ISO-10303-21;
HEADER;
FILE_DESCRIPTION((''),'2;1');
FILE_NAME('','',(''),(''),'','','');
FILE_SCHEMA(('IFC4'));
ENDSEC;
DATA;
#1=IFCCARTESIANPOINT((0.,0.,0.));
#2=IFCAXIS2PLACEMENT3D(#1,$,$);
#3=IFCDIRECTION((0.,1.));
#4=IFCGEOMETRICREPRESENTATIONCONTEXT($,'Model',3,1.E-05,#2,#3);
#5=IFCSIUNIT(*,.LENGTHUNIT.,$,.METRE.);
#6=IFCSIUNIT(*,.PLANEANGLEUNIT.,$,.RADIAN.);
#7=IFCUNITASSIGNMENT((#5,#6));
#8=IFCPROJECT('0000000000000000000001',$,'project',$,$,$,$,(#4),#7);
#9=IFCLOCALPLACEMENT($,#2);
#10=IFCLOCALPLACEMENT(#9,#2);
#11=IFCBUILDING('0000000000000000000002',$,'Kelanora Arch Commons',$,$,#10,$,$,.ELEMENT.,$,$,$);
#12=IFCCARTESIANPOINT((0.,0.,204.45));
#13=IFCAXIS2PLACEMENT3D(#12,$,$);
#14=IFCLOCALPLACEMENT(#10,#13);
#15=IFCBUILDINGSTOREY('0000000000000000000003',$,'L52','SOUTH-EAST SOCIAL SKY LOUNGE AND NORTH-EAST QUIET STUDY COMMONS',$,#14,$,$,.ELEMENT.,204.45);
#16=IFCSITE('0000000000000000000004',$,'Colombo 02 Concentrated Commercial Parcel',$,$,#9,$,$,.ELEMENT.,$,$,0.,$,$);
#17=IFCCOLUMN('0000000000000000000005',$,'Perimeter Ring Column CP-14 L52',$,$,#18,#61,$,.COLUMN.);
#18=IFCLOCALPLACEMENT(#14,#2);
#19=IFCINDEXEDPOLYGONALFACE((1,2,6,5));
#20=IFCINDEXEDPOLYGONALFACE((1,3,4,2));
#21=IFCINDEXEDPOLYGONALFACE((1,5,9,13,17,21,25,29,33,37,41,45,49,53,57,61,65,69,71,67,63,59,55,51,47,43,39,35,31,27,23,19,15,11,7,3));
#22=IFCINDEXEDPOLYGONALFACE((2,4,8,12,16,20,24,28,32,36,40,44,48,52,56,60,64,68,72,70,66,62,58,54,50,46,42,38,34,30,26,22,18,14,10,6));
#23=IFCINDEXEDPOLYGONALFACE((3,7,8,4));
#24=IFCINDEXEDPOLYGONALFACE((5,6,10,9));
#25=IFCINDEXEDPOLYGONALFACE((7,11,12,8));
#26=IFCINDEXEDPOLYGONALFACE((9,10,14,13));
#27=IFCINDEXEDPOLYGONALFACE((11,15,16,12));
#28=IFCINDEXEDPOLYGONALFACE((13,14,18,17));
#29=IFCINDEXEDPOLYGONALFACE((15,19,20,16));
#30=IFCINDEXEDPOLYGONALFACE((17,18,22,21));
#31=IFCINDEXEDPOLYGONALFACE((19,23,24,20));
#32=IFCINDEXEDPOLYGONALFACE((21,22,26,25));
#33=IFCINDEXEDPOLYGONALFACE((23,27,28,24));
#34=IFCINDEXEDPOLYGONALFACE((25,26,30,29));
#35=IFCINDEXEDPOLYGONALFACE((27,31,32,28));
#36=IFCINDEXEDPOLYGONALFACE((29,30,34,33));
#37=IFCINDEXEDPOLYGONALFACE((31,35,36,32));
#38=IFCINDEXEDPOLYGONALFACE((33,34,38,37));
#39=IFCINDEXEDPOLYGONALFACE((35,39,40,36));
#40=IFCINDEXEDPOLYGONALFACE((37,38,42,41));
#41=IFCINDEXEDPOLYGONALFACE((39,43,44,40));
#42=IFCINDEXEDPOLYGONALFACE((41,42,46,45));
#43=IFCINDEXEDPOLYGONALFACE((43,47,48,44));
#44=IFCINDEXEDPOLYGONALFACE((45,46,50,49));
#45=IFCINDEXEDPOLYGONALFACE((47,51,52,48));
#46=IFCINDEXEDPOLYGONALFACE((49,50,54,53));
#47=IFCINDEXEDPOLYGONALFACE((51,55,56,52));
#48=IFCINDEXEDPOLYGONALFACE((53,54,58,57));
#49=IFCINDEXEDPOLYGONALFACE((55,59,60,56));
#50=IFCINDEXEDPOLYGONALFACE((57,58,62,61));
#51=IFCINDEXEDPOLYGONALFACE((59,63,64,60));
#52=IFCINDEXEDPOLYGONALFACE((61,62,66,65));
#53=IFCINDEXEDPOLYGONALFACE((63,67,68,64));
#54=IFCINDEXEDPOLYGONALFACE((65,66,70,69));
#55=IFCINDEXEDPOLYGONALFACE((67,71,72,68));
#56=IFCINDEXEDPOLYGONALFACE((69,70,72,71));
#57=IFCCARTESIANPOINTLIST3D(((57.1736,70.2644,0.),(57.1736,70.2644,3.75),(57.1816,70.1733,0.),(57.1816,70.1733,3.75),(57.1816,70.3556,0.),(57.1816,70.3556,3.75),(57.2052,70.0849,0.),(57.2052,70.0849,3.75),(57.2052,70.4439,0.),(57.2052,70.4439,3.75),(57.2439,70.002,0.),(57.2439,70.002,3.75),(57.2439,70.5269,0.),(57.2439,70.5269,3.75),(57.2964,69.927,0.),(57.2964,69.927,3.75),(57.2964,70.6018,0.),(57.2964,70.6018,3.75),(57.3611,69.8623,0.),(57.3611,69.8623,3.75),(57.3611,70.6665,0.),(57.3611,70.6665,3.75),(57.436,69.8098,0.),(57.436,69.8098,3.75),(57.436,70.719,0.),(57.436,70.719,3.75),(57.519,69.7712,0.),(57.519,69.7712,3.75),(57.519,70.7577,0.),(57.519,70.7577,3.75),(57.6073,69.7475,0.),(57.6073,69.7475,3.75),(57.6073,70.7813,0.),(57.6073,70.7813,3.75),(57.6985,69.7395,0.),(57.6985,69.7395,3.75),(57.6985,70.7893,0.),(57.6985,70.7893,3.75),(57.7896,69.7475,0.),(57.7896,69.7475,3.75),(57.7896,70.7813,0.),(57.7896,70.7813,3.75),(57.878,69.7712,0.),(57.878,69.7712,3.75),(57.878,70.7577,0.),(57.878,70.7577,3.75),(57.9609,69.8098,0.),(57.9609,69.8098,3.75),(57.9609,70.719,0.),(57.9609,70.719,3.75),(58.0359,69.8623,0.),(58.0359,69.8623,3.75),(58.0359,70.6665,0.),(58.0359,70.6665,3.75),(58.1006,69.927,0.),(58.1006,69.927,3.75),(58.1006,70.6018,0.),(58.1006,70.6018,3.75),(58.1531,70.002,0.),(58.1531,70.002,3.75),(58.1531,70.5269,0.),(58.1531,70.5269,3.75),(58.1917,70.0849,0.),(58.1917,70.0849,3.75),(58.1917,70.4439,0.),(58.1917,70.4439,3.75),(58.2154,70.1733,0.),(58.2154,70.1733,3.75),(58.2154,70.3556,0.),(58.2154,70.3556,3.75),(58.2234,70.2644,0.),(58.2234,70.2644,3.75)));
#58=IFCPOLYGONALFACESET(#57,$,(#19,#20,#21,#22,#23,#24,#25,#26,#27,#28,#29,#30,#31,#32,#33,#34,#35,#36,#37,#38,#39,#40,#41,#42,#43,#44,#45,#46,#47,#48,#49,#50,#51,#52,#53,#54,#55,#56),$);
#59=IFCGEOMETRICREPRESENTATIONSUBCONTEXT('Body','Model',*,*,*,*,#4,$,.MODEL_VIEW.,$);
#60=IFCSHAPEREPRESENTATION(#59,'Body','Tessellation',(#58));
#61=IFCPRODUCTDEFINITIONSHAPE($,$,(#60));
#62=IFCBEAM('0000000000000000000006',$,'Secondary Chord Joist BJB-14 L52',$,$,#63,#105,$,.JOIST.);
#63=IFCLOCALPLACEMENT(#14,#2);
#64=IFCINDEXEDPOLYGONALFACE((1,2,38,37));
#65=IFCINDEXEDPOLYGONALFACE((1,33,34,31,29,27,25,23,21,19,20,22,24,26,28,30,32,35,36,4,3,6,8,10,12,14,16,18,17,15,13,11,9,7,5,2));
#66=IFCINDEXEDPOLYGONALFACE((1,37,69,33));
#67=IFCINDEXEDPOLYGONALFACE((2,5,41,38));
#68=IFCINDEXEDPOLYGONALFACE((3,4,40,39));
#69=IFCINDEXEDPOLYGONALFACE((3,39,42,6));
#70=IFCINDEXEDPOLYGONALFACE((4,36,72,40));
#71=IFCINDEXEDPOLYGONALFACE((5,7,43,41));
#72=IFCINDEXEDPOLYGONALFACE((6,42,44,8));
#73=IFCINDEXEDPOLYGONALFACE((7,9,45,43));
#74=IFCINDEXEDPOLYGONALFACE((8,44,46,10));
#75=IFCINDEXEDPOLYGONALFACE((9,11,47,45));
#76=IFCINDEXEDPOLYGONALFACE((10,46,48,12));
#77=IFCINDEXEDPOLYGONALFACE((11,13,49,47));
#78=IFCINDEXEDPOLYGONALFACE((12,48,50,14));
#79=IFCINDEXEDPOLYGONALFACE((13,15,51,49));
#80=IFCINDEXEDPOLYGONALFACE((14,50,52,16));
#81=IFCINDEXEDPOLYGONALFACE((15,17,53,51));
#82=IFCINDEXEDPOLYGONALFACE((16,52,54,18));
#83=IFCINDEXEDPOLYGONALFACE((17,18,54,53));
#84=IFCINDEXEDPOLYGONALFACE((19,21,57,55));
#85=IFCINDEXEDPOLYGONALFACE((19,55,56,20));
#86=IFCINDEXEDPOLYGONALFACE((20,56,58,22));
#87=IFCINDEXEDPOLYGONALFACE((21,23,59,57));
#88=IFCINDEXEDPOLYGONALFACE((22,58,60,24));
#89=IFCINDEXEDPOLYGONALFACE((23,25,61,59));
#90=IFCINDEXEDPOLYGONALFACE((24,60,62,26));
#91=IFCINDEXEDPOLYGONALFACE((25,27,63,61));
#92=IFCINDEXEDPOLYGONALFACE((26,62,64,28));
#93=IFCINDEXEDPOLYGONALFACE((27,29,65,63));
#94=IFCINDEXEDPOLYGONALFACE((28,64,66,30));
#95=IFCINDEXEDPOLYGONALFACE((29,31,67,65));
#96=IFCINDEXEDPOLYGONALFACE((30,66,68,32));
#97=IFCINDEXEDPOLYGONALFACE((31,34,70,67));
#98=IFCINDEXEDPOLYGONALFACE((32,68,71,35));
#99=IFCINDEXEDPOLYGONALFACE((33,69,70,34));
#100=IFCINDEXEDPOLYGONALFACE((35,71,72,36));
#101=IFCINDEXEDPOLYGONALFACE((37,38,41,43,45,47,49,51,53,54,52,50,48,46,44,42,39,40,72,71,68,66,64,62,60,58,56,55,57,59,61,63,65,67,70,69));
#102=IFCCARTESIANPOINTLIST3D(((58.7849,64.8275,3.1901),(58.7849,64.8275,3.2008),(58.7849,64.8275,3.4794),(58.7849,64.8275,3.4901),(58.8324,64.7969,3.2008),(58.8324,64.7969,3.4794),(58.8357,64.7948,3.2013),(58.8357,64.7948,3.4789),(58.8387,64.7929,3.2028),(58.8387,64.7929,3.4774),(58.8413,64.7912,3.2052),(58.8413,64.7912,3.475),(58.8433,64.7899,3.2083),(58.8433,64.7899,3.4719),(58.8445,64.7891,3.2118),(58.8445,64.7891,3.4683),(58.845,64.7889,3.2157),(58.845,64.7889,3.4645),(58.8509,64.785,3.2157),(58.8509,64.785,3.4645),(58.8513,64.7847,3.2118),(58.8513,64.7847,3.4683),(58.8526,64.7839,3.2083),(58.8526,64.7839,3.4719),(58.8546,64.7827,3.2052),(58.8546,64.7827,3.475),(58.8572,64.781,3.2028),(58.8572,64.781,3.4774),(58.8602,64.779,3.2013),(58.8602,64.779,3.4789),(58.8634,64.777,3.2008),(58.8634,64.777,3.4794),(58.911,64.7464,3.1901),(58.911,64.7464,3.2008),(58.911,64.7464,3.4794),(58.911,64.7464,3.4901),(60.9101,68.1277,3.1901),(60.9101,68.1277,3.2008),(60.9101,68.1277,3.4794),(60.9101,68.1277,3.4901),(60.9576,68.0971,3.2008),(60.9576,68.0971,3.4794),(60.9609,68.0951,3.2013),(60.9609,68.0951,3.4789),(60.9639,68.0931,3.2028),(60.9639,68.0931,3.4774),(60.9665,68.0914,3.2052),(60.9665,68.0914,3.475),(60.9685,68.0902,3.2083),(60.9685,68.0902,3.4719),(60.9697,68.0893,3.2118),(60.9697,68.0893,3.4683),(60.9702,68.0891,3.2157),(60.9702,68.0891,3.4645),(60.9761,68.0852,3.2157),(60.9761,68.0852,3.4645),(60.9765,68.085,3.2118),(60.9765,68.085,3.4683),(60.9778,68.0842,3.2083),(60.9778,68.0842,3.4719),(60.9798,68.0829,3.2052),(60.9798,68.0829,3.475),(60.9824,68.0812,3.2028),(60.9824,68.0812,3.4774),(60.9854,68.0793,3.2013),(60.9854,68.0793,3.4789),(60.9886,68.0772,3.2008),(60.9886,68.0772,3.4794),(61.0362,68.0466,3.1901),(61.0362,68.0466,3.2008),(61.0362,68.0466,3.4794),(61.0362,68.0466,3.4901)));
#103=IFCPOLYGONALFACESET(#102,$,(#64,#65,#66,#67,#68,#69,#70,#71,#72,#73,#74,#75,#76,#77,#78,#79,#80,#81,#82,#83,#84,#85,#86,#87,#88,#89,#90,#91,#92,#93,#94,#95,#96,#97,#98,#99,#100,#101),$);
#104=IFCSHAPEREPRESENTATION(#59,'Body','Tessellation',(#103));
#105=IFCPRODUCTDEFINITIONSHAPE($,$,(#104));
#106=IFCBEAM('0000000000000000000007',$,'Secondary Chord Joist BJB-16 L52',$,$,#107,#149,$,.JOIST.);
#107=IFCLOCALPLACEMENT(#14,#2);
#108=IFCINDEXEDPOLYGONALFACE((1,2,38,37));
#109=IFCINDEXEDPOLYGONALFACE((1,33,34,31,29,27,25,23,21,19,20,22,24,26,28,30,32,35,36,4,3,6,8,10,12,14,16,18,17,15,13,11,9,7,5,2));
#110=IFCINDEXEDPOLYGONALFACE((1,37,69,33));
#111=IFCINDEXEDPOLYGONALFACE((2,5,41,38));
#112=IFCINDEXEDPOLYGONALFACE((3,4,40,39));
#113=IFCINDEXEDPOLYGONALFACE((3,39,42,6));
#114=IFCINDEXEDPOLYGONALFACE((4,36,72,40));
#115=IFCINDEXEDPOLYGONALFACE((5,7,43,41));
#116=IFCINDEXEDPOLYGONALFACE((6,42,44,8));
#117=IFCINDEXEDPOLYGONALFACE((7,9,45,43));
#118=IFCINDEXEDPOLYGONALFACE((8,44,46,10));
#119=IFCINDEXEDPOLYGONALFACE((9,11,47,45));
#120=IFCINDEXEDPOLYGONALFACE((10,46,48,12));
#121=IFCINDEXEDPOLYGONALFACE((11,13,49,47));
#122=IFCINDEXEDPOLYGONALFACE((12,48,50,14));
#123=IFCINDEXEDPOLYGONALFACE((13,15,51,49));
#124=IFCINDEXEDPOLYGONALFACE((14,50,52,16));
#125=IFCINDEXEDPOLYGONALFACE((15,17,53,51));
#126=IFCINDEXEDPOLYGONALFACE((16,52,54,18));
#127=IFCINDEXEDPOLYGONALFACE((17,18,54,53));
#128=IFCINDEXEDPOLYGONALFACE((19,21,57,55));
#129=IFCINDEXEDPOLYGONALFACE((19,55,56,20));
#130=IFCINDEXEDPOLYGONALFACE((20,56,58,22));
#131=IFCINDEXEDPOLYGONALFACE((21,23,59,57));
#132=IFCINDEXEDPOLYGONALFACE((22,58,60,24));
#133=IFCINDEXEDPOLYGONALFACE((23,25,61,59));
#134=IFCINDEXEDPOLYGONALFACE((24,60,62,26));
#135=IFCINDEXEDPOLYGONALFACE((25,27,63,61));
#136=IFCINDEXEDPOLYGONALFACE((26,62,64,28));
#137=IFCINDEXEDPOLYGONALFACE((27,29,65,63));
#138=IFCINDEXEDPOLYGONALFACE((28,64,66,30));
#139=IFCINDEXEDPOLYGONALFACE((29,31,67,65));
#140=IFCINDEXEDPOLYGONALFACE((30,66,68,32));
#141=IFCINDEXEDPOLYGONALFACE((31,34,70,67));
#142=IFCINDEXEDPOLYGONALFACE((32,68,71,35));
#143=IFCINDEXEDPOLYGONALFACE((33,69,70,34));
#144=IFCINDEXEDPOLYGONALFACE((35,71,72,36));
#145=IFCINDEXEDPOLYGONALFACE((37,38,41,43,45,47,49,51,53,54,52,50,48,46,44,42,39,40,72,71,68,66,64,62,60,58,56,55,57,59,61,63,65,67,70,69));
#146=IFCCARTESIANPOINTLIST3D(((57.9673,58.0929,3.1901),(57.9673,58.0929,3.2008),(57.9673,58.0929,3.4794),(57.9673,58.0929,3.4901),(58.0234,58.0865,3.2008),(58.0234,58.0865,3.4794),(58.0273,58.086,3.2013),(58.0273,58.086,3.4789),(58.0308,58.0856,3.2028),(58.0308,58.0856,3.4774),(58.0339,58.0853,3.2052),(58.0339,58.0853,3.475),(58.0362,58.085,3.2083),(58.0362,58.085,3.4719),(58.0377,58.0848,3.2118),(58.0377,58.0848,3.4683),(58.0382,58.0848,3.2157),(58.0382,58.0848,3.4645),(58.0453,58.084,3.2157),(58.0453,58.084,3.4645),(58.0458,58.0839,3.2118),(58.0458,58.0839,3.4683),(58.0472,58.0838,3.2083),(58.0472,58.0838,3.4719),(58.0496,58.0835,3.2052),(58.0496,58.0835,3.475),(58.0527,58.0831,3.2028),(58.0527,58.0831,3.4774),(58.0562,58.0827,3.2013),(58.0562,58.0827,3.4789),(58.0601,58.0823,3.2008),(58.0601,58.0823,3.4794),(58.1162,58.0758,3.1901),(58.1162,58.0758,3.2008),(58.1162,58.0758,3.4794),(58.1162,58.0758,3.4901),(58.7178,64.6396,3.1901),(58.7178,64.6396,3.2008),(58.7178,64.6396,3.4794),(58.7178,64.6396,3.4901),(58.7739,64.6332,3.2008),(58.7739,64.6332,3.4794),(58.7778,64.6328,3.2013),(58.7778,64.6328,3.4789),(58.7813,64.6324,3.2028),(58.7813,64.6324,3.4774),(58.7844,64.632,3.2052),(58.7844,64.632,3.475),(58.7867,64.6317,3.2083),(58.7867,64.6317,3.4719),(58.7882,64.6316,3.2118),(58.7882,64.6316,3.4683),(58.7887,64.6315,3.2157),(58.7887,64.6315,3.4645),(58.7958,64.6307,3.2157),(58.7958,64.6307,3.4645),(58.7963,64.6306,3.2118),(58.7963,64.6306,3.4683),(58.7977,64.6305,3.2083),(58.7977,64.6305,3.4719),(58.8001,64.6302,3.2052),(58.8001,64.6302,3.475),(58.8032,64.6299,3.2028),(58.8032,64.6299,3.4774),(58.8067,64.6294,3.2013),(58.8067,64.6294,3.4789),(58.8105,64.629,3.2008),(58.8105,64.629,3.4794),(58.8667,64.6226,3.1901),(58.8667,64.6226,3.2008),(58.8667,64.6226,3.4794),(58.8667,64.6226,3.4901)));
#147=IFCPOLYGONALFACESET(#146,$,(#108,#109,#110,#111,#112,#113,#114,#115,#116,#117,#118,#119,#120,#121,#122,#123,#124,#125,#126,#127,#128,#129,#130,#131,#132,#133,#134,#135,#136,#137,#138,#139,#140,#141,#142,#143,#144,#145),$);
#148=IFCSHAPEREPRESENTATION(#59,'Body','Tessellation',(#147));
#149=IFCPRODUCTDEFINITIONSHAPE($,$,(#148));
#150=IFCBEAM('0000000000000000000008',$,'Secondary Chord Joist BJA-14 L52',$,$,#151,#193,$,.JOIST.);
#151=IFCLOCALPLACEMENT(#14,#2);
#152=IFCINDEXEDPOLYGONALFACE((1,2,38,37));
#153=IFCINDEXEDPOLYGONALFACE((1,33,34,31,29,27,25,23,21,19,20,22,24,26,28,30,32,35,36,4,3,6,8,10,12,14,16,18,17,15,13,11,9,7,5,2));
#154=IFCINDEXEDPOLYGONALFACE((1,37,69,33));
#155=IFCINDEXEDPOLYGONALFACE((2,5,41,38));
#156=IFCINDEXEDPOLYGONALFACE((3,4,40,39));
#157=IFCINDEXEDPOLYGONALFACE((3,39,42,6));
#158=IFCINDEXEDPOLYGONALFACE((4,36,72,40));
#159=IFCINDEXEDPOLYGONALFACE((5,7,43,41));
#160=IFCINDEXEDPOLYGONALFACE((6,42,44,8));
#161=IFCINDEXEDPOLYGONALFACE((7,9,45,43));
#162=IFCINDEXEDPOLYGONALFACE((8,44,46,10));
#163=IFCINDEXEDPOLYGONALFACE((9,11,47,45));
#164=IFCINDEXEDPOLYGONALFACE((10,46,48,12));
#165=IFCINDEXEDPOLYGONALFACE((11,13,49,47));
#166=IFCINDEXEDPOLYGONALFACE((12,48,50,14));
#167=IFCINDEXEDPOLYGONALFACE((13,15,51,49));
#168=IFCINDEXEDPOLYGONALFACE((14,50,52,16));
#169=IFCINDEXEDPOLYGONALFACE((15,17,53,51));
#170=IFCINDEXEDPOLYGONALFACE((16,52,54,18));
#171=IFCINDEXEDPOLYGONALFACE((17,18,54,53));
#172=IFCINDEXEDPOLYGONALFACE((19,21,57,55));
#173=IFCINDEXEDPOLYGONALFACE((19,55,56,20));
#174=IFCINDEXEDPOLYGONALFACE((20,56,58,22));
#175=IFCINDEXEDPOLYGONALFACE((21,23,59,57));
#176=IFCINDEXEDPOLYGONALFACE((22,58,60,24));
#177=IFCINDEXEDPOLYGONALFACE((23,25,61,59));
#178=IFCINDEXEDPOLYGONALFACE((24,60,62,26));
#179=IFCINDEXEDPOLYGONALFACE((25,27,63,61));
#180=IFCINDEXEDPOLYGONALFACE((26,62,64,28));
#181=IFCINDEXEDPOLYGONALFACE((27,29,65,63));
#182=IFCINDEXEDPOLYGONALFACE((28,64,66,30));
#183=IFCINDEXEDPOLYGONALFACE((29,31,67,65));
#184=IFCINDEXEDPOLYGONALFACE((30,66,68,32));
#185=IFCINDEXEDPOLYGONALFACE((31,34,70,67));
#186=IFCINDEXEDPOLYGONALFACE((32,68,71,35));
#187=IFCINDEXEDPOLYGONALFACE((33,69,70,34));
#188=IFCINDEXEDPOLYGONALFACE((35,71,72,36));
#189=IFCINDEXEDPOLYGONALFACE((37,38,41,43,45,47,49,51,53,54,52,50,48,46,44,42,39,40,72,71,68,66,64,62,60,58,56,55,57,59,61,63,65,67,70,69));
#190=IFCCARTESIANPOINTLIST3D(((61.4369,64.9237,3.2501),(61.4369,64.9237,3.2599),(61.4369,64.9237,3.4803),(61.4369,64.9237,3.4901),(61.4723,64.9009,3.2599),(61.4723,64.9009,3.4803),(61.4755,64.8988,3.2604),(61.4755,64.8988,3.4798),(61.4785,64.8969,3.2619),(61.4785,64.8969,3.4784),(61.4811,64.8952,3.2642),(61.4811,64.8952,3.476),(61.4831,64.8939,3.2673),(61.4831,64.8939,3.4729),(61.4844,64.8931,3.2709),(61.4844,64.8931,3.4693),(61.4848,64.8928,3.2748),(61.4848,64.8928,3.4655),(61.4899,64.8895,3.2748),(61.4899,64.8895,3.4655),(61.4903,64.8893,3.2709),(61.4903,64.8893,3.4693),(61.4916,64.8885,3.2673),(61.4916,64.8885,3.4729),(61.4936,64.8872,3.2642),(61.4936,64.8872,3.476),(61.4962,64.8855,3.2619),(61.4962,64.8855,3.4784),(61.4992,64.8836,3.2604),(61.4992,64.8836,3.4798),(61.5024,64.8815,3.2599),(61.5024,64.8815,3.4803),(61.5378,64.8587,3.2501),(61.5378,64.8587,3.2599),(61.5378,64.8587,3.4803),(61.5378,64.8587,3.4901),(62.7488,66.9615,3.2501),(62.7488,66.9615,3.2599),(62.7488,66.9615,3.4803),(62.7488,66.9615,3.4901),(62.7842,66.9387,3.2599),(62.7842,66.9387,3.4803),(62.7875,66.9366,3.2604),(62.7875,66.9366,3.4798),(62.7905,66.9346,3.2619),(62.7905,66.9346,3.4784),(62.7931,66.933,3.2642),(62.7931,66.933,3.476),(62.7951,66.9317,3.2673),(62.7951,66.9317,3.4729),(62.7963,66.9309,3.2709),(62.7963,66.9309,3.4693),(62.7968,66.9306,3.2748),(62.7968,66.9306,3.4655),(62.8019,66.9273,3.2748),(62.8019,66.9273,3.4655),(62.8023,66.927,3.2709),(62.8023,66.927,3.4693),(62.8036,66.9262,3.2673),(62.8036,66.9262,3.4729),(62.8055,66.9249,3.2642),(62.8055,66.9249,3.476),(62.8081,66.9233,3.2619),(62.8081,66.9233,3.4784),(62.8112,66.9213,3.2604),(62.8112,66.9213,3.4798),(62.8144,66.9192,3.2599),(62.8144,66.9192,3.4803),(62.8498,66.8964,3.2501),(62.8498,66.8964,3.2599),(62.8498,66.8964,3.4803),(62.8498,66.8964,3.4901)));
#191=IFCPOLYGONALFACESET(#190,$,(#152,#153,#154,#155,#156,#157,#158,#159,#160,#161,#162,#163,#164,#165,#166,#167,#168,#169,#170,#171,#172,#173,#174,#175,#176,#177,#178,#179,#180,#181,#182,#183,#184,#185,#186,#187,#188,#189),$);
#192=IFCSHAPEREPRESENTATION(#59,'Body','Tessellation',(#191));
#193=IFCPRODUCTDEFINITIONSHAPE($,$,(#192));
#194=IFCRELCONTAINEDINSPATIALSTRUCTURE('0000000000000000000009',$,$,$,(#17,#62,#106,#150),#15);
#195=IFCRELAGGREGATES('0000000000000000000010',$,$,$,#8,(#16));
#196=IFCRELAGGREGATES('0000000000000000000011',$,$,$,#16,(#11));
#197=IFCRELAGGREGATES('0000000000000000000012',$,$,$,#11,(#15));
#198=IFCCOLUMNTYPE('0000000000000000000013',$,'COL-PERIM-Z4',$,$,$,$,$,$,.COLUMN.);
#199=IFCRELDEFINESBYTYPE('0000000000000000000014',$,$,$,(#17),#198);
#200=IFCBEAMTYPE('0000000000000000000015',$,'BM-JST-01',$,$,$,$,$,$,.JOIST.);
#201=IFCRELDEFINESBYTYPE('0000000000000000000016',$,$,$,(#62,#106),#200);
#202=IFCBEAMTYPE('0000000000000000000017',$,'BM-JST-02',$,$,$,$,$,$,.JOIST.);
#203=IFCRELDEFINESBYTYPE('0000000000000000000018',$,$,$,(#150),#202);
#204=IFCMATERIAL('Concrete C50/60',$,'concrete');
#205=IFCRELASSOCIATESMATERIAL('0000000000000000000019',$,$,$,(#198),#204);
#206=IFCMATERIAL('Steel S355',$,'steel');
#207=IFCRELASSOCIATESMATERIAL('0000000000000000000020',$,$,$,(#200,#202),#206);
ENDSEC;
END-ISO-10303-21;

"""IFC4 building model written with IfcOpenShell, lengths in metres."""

from ifc_helpers import new_model, si_unit, direction, frame, origin, origin_2d, place, context, subcontext, project, spatial, circle, i_section, extrude, material, material_profile, profile_set, type_object, element, save


model = new_model("IFC4")

# Units and contexts
model_context = context("Model", 3, precision=1e-05, world=origin(), true_north=direction((0.0, 1.0)))
body_context = subcontext(model_context, "Body", "Model", "MODEL_VIEW")
ifc_project = project(units=[si_unit("LENGTHUNIT", "METRE"), si_unit("PLANEANGLEUNIT", "RADIAN")], contexts=[model_context])

# Site, building, storey
site_placement = place(None, origin())
site = spatial("IfcSite", under=ifc_project, at=site_placement, Name="Colombo 02 Concentrated Commercial Parcel", CompositionType="ELEMENT", RefElevation=0.0)
building_placement = place(site_placement, origin())
building = spatial("IfcBuilding", under=site, at=building_placement, Name="Kelanora Arch Commons", CompositionType="ELEMENT")
storey_placement = place(building_placement, frame((0.0, 0.0, 204.45)))
storey = spatial("IfcBuildingStorey", under=building, at=storey_placement, Name="L52", Description="SOUTH-EAST SOCIAL SKY LOUNGE AND NORTH-EAST QUIET STUDY COMMONS", CompositionType="ELEMENT", Elevation=204.45)

# Column
ifc_material_1 = material(Name="Concrete C50/60", Category="concrete")
ifc_material_profile_1 = material_profile(ifc_material_1, circle(Radius=0.5249, at=origin_2d()), Name="RCC1050")
ifc_profile_set_1 = profile_set([ifc_material_profile_1], Name="Concrete C50/60")
column_type = type_object("IfcColumnType", Name="COL-PERIM-Z4", PredefinedType="COLUMN", material=ifc_profile_set_1)
column_placement = place(storey_placement, frame((57.6985, 70.2644, 0.0), z_axis=(0.0, 0.0, 1.0), x_axis=(1.0, 0.0, 0.0)))
element("IfcColumn", 1, at=column_placement, inside=storey, type_object=column_type, Name="Perimeter Ring Column CP-14 L52", PredefinedType="COLUMN", context=body_context, shape_type="SweptSolid", body=[
    extrude(circle(Radius=0.5249, at=origin_2d()), origin(), (0.0, 0.0, 1.0), 3.75),
])

# Beams
ifc_material_2 = material(Name="Steel S355", Category="steel")
ifc_material_profile_2 = material_profile(ifc_material_2, i_section(OverallWidth=0.1499, OverallDepth=0.3, WebThickness=0.0071, FlangeThickness=0.0107, FilletRadius=0.0149, at=origin_2d()), Name="IPE300")
ifc_profile_set_2 = profile_set([ifc_material_profile_2], Name="Steel S355")
beam_type_1 = type_object("IfcBeamType", Name="BM-JST-01", PredefinedType="JOIST", material=ifc_profile_set_2)
beam_1_placement = place(storey_placement, frame((60.9731, 68.0872, 3.3401), z_axis=(-0.541411, -0.840758, 0.0), x_axis=(0.840758, -0.541411, 0.0)))
element("IfcBeam", 2, at=beam_1_placement, inside=storey, type_object=beam_type_1, Name="Secondary Chord Joist BJB-14 L52", PredefinedType="JOIST", context=body_context, shape_type="SweptSolid", body=[
    extrude(i_section(OverallWidth=0.1499, OverallDepth=0.3, WebThickness=0.0071, FlangeThickness=0.0107, FilletRadius=0.0149, at=origin_2d()), origin(), (0.0, 0.0, 1.0), 3.9253),
])
beam_2_placement = place(storey_placement, frame((58.7922, 64.6311, 3.3401), z_axis=(-0.113891, -0.993493, 0.0), x_axis=(0.993493, -0.113891, 0.0)))
element("IfcBeam", 3, at=beam_2_placement, inside=storey, type_object=beam_type_1, Name="Secondary Chord Joist BJB-16 L52", PredefinedType="JOIST", context=body_context, shape_type="SweptSolid", body=[
    extrude(i_section(OverallWidth=0.1499, OverallDepth=0.3, WebThickness=0.0071, FlangeThickness=0.0107, FilletRadius=0.0149, at=origin_2d()), origin(), (0.0, 0.0, 1.0), 6.5896),
])
ifc_material_profile_3 = material_profile(ifc_material_2, i_section(OverallWidth=0.1201, OverallDepth=0.24, WebThickness=0.0061, FlangeThickness=0.0098, FilletRadius=0.0149, at=origin_2d()), Name="IPE240")
ifc_profile_set_3 = profile_set([ifc_material_profile_3], Name="Steel S355")
beam_type_2 = type_object("IfcBeamType", Name="BM-JST-02", PredefinedType="JOIST", material=ifc_profile_set_3)
beam_3_placement = place(storey_placement, frame((62.7993, 66.929, 3.3701), z_axis=(-0.541333, -0.840808, 0.0), x_axis=(0.840808, -0.541333, 0.0)))
element("IfcBeam", 4, at=beam_3_placement, inside=storey, type_object=beam_type_2, Name="Secondary Chord Joist BJA-14 L52", PredefinedType="JOIST", context=body_context, shape_type="SweptSolid", body=[
    extrude(i_section(OverallWidth=0.1201, OverallDepth=0.24, WebThickness=0.0061, FlangeThickness=0.0098, FilletRadius=0.0149, at=origin_2d()), origin(), (0.0, 0.0, 1.0), 2.4236),
])

save(model, "model.ifc")
